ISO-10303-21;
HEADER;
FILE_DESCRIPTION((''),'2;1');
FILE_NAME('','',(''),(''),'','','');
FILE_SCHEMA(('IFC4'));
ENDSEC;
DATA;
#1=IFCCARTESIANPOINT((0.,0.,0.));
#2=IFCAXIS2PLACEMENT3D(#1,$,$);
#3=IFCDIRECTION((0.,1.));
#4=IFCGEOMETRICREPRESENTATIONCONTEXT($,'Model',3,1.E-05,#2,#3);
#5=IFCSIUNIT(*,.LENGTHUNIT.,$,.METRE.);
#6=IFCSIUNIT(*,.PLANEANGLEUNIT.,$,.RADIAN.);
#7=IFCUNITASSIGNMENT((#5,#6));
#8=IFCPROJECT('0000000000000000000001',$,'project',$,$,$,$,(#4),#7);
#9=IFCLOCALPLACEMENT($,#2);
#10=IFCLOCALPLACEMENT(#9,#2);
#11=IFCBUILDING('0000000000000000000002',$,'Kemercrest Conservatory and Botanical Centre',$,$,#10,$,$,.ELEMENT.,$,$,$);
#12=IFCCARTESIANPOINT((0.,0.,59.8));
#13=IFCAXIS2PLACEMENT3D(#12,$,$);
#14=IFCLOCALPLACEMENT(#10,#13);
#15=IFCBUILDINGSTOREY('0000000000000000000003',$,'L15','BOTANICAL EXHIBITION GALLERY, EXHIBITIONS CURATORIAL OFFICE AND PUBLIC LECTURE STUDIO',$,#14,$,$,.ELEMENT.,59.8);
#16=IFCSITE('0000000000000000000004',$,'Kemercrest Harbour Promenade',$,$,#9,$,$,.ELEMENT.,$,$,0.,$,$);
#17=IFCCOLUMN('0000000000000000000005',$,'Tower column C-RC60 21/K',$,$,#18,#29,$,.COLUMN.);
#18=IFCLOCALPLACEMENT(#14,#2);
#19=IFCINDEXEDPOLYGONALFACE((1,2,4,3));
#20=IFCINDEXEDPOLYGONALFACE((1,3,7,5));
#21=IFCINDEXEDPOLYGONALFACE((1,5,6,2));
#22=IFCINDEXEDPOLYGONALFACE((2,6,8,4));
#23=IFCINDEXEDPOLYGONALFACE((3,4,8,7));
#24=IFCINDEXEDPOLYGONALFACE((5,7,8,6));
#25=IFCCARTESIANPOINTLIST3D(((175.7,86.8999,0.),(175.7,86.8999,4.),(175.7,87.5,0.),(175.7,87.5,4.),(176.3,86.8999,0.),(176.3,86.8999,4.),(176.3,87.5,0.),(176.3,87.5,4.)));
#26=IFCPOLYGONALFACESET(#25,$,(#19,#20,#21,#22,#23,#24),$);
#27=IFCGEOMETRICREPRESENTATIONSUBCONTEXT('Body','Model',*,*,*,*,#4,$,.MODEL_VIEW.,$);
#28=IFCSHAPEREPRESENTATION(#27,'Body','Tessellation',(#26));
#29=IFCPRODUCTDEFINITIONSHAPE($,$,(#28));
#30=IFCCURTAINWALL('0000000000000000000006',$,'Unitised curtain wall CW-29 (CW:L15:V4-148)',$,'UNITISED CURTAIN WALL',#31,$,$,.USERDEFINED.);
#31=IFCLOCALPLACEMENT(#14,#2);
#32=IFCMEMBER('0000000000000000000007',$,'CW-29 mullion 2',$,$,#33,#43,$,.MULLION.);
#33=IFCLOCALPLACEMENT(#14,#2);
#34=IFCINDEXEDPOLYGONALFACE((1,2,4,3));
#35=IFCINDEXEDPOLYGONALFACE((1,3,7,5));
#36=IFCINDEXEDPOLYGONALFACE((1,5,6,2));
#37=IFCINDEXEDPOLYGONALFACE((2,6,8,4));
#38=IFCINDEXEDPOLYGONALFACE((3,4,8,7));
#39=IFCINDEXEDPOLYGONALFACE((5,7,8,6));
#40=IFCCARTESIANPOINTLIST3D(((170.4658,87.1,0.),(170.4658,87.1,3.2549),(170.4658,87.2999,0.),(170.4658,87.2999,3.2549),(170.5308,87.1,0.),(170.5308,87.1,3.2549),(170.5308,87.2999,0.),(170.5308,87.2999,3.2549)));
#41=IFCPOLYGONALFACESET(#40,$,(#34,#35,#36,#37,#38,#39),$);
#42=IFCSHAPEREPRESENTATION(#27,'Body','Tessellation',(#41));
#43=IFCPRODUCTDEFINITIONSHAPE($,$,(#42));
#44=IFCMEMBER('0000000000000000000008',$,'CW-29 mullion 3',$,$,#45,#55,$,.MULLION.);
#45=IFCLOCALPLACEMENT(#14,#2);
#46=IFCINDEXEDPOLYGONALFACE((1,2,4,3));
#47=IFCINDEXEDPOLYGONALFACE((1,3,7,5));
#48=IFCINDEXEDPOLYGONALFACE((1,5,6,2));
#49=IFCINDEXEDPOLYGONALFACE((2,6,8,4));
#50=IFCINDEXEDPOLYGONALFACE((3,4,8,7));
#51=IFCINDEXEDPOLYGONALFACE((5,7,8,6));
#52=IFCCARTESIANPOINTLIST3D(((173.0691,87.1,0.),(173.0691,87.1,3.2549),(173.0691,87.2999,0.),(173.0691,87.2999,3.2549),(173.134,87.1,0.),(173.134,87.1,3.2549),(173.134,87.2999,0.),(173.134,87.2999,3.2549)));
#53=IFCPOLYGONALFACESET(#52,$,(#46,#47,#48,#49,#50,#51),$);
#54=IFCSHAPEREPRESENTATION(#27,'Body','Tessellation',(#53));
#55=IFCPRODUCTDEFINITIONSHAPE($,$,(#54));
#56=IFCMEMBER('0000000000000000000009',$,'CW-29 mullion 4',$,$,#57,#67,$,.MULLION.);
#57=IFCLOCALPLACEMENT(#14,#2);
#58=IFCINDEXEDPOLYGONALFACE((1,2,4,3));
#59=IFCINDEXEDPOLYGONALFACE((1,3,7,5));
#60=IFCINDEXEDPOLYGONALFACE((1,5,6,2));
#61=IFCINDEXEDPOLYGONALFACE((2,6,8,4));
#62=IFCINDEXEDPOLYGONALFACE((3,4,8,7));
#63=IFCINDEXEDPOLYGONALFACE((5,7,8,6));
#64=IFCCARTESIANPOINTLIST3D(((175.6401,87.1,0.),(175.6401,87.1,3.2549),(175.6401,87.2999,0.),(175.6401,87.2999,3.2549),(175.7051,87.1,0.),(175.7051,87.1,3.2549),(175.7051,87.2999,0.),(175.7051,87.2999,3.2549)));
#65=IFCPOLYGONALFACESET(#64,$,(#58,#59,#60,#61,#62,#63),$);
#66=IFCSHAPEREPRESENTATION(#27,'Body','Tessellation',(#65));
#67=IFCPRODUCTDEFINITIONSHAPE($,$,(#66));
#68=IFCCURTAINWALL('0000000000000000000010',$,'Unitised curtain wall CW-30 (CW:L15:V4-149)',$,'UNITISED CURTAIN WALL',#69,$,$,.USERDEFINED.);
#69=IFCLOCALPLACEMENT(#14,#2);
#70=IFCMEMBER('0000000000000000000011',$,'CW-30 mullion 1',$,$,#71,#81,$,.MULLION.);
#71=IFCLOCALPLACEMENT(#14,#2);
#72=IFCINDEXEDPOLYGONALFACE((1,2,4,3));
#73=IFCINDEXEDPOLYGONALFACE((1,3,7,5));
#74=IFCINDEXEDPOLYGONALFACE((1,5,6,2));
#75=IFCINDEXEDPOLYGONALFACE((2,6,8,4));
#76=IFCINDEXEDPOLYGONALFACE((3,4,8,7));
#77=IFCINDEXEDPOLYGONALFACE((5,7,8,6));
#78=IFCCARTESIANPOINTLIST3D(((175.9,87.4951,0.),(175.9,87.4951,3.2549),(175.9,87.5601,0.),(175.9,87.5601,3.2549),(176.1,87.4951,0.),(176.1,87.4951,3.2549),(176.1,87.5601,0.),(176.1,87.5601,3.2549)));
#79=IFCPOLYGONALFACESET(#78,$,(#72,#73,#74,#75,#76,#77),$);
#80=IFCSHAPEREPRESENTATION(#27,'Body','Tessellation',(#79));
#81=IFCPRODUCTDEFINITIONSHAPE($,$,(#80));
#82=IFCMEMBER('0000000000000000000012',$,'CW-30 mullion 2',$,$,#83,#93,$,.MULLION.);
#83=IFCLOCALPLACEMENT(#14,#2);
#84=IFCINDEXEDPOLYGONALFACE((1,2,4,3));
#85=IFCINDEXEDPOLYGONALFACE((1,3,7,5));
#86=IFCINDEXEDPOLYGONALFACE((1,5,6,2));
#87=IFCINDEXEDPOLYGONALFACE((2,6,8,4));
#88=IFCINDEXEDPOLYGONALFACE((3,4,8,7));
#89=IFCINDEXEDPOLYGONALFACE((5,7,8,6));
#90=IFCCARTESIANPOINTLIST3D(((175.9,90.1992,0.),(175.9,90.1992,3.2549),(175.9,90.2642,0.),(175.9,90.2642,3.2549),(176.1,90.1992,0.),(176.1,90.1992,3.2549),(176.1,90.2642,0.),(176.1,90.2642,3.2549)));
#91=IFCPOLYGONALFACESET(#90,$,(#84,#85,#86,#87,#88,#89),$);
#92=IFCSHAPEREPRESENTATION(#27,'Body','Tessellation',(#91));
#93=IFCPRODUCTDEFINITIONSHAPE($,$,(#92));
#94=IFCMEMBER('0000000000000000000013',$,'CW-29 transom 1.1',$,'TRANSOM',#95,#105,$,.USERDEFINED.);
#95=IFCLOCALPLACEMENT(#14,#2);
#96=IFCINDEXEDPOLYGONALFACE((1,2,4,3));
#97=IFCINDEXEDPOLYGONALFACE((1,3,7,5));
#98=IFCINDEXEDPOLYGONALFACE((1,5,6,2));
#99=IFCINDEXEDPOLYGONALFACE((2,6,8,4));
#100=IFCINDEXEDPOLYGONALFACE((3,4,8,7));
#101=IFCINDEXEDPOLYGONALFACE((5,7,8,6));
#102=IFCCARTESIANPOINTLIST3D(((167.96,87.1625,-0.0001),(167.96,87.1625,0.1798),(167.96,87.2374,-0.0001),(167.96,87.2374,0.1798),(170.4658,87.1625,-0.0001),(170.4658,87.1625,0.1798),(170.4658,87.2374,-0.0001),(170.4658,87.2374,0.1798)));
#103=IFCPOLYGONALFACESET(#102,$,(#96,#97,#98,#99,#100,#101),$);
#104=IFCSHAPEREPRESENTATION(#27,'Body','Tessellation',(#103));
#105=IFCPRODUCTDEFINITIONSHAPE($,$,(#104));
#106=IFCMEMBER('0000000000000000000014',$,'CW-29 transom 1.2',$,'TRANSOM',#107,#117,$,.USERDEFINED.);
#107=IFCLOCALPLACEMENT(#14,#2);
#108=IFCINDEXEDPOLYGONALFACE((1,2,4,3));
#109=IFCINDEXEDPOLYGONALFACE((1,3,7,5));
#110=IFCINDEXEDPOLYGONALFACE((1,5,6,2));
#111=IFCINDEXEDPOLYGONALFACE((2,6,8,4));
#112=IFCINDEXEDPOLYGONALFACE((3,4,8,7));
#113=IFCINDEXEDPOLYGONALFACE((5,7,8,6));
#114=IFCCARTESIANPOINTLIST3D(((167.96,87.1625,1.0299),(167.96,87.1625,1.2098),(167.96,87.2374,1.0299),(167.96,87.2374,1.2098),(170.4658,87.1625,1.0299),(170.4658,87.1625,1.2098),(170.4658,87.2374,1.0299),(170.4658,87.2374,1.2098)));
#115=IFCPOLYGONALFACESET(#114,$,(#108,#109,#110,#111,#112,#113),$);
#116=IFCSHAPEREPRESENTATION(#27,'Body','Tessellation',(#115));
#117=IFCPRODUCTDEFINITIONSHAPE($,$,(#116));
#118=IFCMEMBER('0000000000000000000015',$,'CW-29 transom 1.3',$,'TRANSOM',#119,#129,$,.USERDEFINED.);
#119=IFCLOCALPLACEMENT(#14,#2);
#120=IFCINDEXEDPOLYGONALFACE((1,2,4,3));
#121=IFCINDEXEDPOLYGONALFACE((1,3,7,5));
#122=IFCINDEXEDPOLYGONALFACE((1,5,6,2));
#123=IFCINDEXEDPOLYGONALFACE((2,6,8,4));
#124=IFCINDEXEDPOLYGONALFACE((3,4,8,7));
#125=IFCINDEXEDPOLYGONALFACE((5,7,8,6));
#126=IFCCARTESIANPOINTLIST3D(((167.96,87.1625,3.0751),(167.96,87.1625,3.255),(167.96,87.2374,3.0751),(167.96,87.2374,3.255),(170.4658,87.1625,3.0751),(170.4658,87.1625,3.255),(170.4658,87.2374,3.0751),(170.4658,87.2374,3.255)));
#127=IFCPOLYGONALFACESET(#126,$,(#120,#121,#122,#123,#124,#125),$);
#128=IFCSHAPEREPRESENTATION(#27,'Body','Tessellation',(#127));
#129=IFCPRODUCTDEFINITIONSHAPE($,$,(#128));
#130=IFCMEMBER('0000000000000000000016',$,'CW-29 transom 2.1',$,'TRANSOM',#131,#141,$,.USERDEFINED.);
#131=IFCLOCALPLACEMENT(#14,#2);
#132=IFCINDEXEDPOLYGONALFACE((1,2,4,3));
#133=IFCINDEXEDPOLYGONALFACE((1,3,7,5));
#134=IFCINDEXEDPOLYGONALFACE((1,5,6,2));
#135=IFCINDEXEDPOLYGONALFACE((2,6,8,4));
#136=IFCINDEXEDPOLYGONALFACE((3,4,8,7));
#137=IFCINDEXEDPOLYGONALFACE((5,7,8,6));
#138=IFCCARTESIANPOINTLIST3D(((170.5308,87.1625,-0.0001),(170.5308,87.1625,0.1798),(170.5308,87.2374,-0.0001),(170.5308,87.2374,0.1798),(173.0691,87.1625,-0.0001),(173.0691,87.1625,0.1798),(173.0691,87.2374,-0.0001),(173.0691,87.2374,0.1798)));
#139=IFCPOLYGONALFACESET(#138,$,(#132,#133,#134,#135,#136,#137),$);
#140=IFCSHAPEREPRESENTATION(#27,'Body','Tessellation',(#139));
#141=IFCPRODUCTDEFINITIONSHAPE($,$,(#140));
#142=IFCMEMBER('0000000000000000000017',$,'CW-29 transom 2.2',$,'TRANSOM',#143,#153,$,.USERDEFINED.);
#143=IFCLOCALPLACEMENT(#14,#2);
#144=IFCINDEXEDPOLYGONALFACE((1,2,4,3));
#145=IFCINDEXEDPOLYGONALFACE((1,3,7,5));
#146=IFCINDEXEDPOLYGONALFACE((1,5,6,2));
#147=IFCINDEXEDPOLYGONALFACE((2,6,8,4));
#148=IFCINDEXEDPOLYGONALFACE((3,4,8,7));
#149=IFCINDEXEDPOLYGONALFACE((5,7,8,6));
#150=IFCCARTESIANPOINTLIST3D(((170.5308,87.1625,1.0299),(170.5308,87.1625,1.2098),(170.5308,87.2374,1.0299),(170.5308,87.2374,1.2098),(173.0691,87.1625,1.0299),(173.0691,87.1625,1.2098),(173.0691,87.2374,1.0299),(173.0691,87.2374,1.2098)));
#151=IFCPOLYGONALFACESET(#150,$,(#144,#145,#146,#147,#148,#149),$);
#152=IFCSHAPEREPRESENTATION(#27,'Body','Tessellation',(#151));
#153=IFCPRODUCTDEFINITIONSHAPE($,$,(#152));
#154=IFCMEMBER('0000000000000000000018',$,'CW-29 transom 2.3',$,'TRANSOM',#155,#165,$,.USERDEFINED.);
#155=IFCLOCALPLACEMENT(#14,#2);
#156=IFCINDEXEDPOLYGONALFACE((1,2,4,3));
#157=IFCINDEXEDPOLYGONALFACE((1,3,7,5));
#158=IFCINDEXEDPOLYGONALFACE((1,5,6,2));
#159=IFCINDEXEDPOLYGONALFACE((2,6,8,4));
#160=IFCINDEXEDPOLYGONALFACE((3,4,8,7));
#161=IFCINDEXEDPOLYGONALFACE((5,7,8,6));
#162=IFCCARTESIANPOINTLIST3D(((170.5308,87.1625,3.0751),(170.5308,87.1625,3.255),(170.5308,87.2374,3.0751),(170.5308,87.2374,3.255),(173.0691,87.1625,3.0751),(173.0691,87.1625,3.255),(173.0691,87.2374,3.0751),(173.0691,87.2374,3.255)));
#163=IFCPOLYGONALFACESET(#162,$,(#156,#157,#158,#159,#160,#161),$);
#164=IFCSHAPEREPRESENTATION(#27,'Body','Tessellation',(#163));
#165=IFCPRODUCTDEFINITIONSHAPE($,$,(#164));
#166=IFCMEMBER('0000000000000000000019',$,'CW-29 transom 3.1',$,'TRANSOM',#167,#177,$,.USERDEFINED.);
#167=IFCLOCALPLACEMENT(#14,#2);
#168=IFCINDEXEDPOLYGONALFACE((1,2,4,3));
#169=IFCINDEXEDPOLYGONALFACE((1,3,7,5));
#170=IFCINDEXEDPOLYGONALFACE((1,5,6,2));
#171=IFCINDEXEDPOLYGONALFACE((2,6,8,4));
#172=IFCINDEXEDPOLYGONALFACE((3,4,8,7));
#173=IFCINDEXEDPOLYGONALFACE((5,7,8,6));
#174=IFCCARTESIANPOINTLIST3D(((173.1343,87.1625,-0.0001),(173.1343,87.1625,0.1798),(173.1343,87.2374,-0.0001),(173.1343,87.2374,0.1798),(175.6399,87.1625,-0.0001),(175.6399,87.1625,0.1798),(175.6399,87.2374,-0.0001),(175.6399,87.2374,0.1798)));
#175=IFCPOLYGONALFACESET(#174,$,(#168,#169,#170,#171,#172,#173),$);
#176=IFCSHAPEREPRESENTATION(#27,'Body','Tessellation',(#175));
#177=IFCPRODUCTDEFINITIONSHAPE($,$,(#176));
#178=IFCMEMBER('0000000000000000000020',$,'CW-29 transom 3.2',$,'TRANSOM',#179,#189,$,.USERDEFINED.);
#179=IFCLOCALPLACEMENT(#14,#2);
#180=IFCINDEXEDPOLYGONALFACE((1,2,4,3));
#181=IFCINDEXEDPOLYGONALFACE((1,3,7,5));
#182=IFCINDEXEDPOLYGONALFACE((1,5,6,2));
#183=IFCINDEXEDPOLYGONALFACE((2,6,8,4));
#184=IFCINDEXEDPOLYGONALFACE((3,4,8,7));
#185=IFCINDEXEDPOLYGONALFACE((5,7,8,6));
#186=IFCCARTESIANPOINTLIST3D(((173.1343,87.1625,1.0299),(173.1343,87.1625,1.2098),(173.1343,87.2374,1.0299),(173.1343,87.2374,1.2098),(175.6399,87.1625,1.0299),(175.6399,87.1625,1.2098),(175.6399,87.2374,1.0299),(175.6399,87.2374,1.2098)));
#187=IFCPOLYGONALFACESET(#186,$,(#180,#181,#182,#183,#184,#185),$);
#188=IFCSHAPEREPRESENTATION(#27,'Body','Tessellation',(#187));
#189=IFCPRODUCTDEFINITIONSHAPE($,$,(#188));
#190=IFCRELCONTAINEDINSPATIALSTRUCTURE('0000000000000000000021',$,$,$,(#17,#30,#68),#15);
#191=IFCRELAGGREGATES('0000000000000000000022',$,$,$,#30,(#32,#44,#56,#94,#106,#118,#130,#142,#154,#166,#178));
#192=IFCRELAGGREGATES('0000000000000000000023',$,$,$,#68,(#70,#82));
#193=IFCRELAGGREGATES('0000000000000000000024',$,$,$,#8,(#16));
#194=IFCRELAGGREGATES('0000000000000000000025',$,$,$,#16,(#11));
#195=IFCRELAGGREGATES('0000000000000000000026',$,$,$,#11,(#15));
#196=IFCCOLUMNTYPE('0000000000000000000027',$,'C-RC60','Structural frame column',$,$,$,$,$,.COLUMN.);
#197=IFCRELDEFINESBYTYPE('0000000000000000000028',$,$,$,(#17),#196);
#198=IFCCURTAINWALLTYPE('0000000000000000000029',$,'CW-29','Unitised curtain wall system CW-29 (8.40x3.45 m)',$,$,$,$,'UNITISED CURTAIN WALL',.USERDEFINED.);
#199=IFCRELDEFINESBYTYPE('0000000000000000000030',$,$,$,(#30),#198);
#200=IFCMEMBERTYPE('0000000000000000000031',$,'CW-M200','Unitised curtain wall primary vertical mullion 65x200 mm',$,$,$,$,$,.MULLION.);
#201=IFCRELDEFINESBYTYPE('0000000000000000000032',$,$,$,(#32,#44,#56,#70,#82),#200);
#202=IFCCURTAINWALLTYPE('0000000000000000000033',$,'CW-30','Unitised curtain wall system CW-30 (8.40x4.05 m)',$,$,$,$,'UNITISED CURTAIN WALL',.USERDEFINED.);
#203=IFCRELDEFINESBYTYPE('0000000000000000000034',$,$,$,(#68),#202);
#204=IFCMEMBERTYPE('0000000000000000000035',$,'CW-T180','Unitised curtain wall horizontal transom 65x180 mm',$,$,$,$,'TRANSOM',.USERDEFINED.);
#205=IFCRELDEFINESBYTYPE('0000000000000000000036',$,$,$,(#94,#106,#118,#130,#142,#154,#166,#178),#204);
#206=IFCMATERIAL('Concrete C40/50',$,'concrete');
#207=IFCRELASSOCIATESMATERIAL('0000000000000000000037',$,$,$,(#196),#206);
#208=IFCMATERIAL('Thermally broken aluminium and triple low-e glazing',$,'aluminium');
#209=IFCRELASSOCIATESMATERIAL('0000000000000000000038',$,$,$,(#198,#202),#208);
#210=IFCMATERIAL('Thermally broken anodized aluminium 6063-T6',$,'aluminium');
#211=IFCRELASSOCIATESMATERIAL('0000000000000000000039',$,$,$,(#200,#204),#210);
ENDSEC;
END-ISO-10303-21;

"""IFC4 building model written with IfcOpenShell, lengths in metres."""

from ifc_helpers import new_model, si_unit, direction, frame, origin, origin_2d, place, context, subcontext, project, spatial, rectangle, extrude, material, material_profile, profile_set, type_object, element, aggregate, save


model = new_model("IFC4")

# Units and contexts
model_context = context("Model", 3, precision=1e-05, world=origin(), true_north=direction((0.0, 1.0)))
body_context = subcontext(model_context, "Body", "Model", "MODEL_VIEW")
ifc_project = project(units=[si_unit("LENGTHUNIT", "METRE"), si_unit("PLANEANGLEUNIT", "RADIAN")], contexts=[model_context])

# Site, building, storey
site_placement = place(None, origin())
site = spatial("IfcSite", under=ifc_project, at=site_placement, Name="Kemercrest Harbour Promenade", CompositionType="ELEMENT", RefElevation=0.0)
building_placement = place(site_placement, origin())
building = spatial("IfcBuilding", under=site, at=building_placement, Name="Kemercrest Conservatory and Botanical Centre", CompositionType="ELEMENT")
storey_placement = place(building_placement, frame((0.0, 0.0, 59.8)))
storey = spatial("IfcBuildingStorey", under=building, at=storey_placement, Name="L15", Description="BOTANICAL EXHIBITION GALLERY, EXHIBITIONS CURATORIAL OFFICE AND PUBLIC LECTURE STUDIO", CompositionType="ELEMENT", Elevation=59.8)

# Column
ifc_material_1 = material(Name="Concrete C40/50", Category="concrete")
ifc_material_profile_1 = material_profile(ifc_material_1, rectangle(XDim=0.6001, YDim=0.6001, at=origin_2d()), Name="RC 600x600")
ifc_profile_set_1 = profile_set([ifc_material_profile_1], Name="Concrete C40/50")
column_type = type_object("IfcColumnType", Name="C-RC60", Description="Structural frame column", PredefinedType="COLUMN", material=ifc_profile_set_1)
column_placement = place(storey_placement, frame((176.0, 87.2, 0.0), z_axis=(0.0, 0.0, 1.0), x_axis=(1.0, 0.0, 0.0)))
element("IfcColumn", 1, at=column_placement, inside=storey, type_object=column_type, Name="Tower column C-RC60 21/K", PredefinedType="COLUMN", context=body_context, shape_type="SweptSolid", body=[
    extrude(rectangle(XDim=0.6001, YDim=0.6001, at=origin_2d()), origin(), (0.0, 0.0, 1.0), 4.0),
])

# Curtain walls, members
ifc_material_2 = material(Name="Thermally broken aluminium and triple low-e glazing", Category="aluminium")
curtain_wall_type_1 = type_object("IfcCurtainWallType", Name="CW-29", Description="Unitised curtain wall system CW-29 (8.40x3.45 m)", ElementType="UNITISED CURTAIN WALL", PredefinedType="USERDEFINED", material=ifc_material_2)
curtain_wall_1_placement = place(storey_placement, origin())
curtain_wall_1 = element("IfcCurtainWall", 2, at=curtain_wall_1_placement, inside=storey, type_object=curtain_wall_type_1, Name="Unitised curtain wall CW-29 (CW:L15:V4-148)", ObjectType="UNITISED CURTAIN WALL", PredefinedType="USERDEFINED")
ifc_material_3 = material(Name="Thermally broken anodized aluminium 6063-T6", Category="aluminium")
ifc_material_profile_2 = material_profile(ifc_material_3, rectangle(XDim=0.2, YDim=0.0649, at=origin_2d()), Name="AL MULLION 65x200")
ifc_profile_set_2 = profile_set([ifc_material_profile_2], Name="Thermally broken anodized aluminium 6063-T6")
member_type_1 = type_object("IfcMemberType", Name="CW-M200", Description="Unitised curtain wall primary vertical mullion 65x200 mm", PredefinedType="MULLION", material=ifc_profile_set_2)
member_1_placement = place(storey_placement, frame((170.4983, 87.2, 0.0), z_axis=(0.0, 0.0, 1.0), x_axis=(0.0, 1.0, 0.0)))
member_1 = element("IfcMember", 3, at=member_1_placement, type_object=member_type_1, Name="CW-29 mullion 2", PredefinedType="MULLION", context=body_context, shape_type="SweptSolid", body=[
    extrude(rectangle(XDim=0.2, YDim=0.0649, at=origin_2d()), origin(), (0.0, 0.0, 1.0), 3.2549),
])
member_2_placement = place(storey_placement, frame((173.1016, 87.2, 0.0), z_axis=(0.0, 0.0, 1.0), x_axis=(0.0, 1.0, 0.0)))
member_2 = element("IfcMember", 4, at=member_2_placement, type_object=member_type_1, Name="CW-29 mullion 3", PredefinedType="MULLION", context=body_context, shape_type="SweptSolid", body=[
    extrude(rectangle(XDim=0.2, YDim=0.0649, at=origin_2d()), origin(), (0.0, 0.0, 1.0), 3.2549),
])
member_3_placement = place(storey_placement, frame((175.6726, 87.2, 0.0), z_axis=(0.0, 0.0, 1.0), x_axis=(0.0, 1.0, 0.0)))
member_3 = element("IfcMember", 5, at=member_3_placement, type_object=member_type_1, Name="CW-29 mullion 4", PredefinedType="MULLION", context=body_context, shape_type="SweptSolid", body=[
    extrude(rectangle(XDim=0.2, YDim=0.0649, at=origin_2d()), origin(), (0.0, 0.0, 1.0), 3.2549),
])
curtain_wall_type_2 = type_object("IfcCurtainWallType", Name="CW-30", Description="Unitised curtain wall system CW-30 (8.40x4.05 m)", ElementType="UNITISED CURTAIN WALL", PredefinedType="USERDEFINED", material=ifc_material_2)
curtain_wall_2_placement = place(storey_placement, origin())
curtain_wall_2 = element("IfcCurtainWall", 6, at=curtain_wall_2_placement, inside=storey, type_object=curtain_wall_type_2, Name="Unitised curtain wall CW-30 (CW:L15:V4-149)", ObjectType="UNITISED CURTAIN WALL", PredefinedType="USERDEFINED")
member_4_placement = place(storey_placement, frame((176.0, 87.5276, 0.0), z_axis=(0.0, 0.0, 1.0), x_axis=(-1.0, 0.0, 0.0)))
member_4 = element("IfcMember", 7, at=member_4_placement, type_object=member_type_1, Name="CW-30 mullion 1", PredefinedType="MULLION", context=body_context, shape_type="SweptSolid", body=[
    extrude(rectangle(XDim=0.2, YDim=0.0649, at=origin_2d()), origin(), (0.0, 0.0, 1.0), 3.2549),
])
member_5_placement = place(storey_placement, frame((176.0, 90.2317, 0.0), z_axis=(0.0, 0.0, 1.0), x_axis=(-1.0, 0.0, 0.0)))
member_5 = element("IfcMember", 8, at=member_5_placement, type_object=member_type_1, Name="CW-30 mullion 2", PredefinedType="MULLION", context=body_context, shape_type="SweptSolid", body=[
    extrude(rectangle(XDim=0.2, YDim=0.0649, at=origin_2d()), origin(), (0.0, 0.0, 1.0), 3.2549),
])

# Members
ifc_material_profile_3 = material_profile(ifc_material_3, rectangle(XDim=0.075, YDim=0.1799, at=origin_2d()), Name="AL TRANSOM 75x180")
ifc_profile_set_3 = profile_set([ifc_material_profile_3], Name="Thermally broken anodized aluminium 6063-T6")
member_type_2 = type_object("IfcMemberType", Name="CW-T180", Description="Unitised curtain wall horizontal transom 65x180 mm", ElementType="TRANSOM", PredefinedType="USERDEFINED", material=ifc_profile_set_3)
member_6_placement = place(storey_placement, frame((167.96, 87.2, 0.0898), z_axis=(1.0, 0.0, 0.0), x_axis=(0.0, 1.0, 0.0)))
member_6 = element("IfcMember", 9, at=member_6_placement, type_object=member_type_2, Name="CW-29 transom 1.1", ObjectType="TRANSOM", PredefinedType="USERDEFINED", context=body_context, shape_type="SweptSolid", body=[
    extrude(rectangle(XDim=0.075, YDim=0.1799, at=origin_2d()), origin(), (0.0, 0.0, 1.0), 2.5059),
])
member_7_placement = place(storey_placement, frame((167.96, 87.2, 1.1199), z_axis=(1.0, 0.0, 0.0), x_axis=(0.0, 1.0, 0.0)))
member_7 = element("IfcMember", 10, at=member_7_placement, type_object=member_type_2, Name="CW-29 transom 1.2", ObjectType="TRANSOM", PredefinedType="USERDEFINED", context=body_context, shape_type="SweptSolid", body=[
    extrude(rectangle(XDim=0.075, YDim=0.1799, at=origin_2d()), origin(), (0.0, 0.0, 1.0), 2.5059),
])
member_8_placement = place(storey_placement, frame((167.96, 87.2, 3.165), z_axis=(1.0, 0.0, 0.0), x_axis=(0.0, 1.0, 0.0)))
member_8 = element("IfcMember", 11, at=member_8_placement, type_object=member_type_2, Name="CW-29 transom 1.3", ObjectType="TRANSOM", PredefinedType="USERDEFINED", context=body_context, shape_type="SweptSolid", body=[
    extrude(rectangle(XDim=0.075, YDim=0.1799, at=origin_2d()), origin(), (0.0, 0.0, 1.0), 2.5059),
])
member_9_placement = place(storey_placement, frame((170.5308, 87.2, 0.0898), z_axis=(1.0, 0.0, 0.0), x_axis=(0.0, 1.0, 0.0)))
member_9 = element("IfcMember", 12, at=member_9_placement, type_object=member_type_2, Name="CW-29 transom 2.1", ObjectType="TRANSOM", PredefinedType="USERDEFINED", context=body_context, shape_type="SweptSolid", body=[
    extrude(rectangle(XDim=0.075, YDim=0.1799, at=origin_2d()), origin(), (0.0, 0.0, 1.0), 2.5383),
])
member_10_placement = place(storey_placement, frame((170.5308, 87.2, 1.1199), z_axis=(1.0, 0.0, 0.0), x_axis=(0.0, 1.0, 0.0)))
member_10 = element("IfcMember", 13, at=member_10_placement, type_object=member_type_2, Name="CW-29 transom 2.2", ObjectType="TRANSOM", PredefinedType="USERDEFINED", context=body_context, shape_type="SweptSolid", body=[
    extrude(rectangle(XDim=0.075, YDim=0.1799, at=origin_2d()), origin(), (0.0, 0.0, 1.0), 2.5383),
])
member_11_placement = place(storey_placement, frame((170.5308, 87.2, 3.165), z_axis=(1.0, 0.0, 0.0), x_axis=(0.0, 1.0, 0.0)))
member_11 = element("IfcMember", 14, at=member_11_placement, type_object=member_type_2, Name="CW-29 transom 2.3", ObjectType="TRANSOM", PredefinedType="USERDEFINED", context=body_context, shape_type="SweptSolid", body=[
    extrude(rectangle(XDim=0.075, YDim=0.1799, at=origin_2d()), origin(), (0.0, 0.0, 1.0), 2.5383),
])
member_12_placement = place(storey_placement, frame((173.1343, 87.2, 0.0898), z_axis=(1.0, 0.0, 0.0), x_axis=(0.0, 1.0, 0.0)))
member_12 = element("IfcMember", 15, at=member_12_placement, type_object=member_type_2, Name="CW-29 transom 3.1", ObjectType="TRANSOM", PredefinedType="USERDEFINED", context=body_context, shape_type="SweptSolid", body=[
    extrude(rectangle(XDim=0.075, YDim=0.1799, at=origin_2d()), origin(), (0.0, 0.0, 1.0), 2.5056),
])
member_13_placement = place(storey_placement, frame((173.1343, 87.2, 1.1199), z_axis=(1.0, 0.0, 0.0), x_axis=(0.0, 1.0, 0.0)))
member_13 = element("IfcMember", 16, at=member_13_placement, type_object=member_type_2, Name="CW-29 transom 3.2", ObjectType="TRANSOM", PredefinedType="USERDEFINED", context=body_context, shape_type="SweptSolid", body=[
    extrude(rectangle(XDim=0.075, YDim=0.1799, at=origin_2d()), origin(), (0.0, 0.0, 1.0), 2.5056),
])

aggregate(curtain_wall_1, [member_1, member_2, member_3, member_6, member_7, member_8, member_9, member_10, member_11, member_12, member_13])
aggregate(curtain_wall_2, [member_4, member_5])

save(model, "model.ifc")
